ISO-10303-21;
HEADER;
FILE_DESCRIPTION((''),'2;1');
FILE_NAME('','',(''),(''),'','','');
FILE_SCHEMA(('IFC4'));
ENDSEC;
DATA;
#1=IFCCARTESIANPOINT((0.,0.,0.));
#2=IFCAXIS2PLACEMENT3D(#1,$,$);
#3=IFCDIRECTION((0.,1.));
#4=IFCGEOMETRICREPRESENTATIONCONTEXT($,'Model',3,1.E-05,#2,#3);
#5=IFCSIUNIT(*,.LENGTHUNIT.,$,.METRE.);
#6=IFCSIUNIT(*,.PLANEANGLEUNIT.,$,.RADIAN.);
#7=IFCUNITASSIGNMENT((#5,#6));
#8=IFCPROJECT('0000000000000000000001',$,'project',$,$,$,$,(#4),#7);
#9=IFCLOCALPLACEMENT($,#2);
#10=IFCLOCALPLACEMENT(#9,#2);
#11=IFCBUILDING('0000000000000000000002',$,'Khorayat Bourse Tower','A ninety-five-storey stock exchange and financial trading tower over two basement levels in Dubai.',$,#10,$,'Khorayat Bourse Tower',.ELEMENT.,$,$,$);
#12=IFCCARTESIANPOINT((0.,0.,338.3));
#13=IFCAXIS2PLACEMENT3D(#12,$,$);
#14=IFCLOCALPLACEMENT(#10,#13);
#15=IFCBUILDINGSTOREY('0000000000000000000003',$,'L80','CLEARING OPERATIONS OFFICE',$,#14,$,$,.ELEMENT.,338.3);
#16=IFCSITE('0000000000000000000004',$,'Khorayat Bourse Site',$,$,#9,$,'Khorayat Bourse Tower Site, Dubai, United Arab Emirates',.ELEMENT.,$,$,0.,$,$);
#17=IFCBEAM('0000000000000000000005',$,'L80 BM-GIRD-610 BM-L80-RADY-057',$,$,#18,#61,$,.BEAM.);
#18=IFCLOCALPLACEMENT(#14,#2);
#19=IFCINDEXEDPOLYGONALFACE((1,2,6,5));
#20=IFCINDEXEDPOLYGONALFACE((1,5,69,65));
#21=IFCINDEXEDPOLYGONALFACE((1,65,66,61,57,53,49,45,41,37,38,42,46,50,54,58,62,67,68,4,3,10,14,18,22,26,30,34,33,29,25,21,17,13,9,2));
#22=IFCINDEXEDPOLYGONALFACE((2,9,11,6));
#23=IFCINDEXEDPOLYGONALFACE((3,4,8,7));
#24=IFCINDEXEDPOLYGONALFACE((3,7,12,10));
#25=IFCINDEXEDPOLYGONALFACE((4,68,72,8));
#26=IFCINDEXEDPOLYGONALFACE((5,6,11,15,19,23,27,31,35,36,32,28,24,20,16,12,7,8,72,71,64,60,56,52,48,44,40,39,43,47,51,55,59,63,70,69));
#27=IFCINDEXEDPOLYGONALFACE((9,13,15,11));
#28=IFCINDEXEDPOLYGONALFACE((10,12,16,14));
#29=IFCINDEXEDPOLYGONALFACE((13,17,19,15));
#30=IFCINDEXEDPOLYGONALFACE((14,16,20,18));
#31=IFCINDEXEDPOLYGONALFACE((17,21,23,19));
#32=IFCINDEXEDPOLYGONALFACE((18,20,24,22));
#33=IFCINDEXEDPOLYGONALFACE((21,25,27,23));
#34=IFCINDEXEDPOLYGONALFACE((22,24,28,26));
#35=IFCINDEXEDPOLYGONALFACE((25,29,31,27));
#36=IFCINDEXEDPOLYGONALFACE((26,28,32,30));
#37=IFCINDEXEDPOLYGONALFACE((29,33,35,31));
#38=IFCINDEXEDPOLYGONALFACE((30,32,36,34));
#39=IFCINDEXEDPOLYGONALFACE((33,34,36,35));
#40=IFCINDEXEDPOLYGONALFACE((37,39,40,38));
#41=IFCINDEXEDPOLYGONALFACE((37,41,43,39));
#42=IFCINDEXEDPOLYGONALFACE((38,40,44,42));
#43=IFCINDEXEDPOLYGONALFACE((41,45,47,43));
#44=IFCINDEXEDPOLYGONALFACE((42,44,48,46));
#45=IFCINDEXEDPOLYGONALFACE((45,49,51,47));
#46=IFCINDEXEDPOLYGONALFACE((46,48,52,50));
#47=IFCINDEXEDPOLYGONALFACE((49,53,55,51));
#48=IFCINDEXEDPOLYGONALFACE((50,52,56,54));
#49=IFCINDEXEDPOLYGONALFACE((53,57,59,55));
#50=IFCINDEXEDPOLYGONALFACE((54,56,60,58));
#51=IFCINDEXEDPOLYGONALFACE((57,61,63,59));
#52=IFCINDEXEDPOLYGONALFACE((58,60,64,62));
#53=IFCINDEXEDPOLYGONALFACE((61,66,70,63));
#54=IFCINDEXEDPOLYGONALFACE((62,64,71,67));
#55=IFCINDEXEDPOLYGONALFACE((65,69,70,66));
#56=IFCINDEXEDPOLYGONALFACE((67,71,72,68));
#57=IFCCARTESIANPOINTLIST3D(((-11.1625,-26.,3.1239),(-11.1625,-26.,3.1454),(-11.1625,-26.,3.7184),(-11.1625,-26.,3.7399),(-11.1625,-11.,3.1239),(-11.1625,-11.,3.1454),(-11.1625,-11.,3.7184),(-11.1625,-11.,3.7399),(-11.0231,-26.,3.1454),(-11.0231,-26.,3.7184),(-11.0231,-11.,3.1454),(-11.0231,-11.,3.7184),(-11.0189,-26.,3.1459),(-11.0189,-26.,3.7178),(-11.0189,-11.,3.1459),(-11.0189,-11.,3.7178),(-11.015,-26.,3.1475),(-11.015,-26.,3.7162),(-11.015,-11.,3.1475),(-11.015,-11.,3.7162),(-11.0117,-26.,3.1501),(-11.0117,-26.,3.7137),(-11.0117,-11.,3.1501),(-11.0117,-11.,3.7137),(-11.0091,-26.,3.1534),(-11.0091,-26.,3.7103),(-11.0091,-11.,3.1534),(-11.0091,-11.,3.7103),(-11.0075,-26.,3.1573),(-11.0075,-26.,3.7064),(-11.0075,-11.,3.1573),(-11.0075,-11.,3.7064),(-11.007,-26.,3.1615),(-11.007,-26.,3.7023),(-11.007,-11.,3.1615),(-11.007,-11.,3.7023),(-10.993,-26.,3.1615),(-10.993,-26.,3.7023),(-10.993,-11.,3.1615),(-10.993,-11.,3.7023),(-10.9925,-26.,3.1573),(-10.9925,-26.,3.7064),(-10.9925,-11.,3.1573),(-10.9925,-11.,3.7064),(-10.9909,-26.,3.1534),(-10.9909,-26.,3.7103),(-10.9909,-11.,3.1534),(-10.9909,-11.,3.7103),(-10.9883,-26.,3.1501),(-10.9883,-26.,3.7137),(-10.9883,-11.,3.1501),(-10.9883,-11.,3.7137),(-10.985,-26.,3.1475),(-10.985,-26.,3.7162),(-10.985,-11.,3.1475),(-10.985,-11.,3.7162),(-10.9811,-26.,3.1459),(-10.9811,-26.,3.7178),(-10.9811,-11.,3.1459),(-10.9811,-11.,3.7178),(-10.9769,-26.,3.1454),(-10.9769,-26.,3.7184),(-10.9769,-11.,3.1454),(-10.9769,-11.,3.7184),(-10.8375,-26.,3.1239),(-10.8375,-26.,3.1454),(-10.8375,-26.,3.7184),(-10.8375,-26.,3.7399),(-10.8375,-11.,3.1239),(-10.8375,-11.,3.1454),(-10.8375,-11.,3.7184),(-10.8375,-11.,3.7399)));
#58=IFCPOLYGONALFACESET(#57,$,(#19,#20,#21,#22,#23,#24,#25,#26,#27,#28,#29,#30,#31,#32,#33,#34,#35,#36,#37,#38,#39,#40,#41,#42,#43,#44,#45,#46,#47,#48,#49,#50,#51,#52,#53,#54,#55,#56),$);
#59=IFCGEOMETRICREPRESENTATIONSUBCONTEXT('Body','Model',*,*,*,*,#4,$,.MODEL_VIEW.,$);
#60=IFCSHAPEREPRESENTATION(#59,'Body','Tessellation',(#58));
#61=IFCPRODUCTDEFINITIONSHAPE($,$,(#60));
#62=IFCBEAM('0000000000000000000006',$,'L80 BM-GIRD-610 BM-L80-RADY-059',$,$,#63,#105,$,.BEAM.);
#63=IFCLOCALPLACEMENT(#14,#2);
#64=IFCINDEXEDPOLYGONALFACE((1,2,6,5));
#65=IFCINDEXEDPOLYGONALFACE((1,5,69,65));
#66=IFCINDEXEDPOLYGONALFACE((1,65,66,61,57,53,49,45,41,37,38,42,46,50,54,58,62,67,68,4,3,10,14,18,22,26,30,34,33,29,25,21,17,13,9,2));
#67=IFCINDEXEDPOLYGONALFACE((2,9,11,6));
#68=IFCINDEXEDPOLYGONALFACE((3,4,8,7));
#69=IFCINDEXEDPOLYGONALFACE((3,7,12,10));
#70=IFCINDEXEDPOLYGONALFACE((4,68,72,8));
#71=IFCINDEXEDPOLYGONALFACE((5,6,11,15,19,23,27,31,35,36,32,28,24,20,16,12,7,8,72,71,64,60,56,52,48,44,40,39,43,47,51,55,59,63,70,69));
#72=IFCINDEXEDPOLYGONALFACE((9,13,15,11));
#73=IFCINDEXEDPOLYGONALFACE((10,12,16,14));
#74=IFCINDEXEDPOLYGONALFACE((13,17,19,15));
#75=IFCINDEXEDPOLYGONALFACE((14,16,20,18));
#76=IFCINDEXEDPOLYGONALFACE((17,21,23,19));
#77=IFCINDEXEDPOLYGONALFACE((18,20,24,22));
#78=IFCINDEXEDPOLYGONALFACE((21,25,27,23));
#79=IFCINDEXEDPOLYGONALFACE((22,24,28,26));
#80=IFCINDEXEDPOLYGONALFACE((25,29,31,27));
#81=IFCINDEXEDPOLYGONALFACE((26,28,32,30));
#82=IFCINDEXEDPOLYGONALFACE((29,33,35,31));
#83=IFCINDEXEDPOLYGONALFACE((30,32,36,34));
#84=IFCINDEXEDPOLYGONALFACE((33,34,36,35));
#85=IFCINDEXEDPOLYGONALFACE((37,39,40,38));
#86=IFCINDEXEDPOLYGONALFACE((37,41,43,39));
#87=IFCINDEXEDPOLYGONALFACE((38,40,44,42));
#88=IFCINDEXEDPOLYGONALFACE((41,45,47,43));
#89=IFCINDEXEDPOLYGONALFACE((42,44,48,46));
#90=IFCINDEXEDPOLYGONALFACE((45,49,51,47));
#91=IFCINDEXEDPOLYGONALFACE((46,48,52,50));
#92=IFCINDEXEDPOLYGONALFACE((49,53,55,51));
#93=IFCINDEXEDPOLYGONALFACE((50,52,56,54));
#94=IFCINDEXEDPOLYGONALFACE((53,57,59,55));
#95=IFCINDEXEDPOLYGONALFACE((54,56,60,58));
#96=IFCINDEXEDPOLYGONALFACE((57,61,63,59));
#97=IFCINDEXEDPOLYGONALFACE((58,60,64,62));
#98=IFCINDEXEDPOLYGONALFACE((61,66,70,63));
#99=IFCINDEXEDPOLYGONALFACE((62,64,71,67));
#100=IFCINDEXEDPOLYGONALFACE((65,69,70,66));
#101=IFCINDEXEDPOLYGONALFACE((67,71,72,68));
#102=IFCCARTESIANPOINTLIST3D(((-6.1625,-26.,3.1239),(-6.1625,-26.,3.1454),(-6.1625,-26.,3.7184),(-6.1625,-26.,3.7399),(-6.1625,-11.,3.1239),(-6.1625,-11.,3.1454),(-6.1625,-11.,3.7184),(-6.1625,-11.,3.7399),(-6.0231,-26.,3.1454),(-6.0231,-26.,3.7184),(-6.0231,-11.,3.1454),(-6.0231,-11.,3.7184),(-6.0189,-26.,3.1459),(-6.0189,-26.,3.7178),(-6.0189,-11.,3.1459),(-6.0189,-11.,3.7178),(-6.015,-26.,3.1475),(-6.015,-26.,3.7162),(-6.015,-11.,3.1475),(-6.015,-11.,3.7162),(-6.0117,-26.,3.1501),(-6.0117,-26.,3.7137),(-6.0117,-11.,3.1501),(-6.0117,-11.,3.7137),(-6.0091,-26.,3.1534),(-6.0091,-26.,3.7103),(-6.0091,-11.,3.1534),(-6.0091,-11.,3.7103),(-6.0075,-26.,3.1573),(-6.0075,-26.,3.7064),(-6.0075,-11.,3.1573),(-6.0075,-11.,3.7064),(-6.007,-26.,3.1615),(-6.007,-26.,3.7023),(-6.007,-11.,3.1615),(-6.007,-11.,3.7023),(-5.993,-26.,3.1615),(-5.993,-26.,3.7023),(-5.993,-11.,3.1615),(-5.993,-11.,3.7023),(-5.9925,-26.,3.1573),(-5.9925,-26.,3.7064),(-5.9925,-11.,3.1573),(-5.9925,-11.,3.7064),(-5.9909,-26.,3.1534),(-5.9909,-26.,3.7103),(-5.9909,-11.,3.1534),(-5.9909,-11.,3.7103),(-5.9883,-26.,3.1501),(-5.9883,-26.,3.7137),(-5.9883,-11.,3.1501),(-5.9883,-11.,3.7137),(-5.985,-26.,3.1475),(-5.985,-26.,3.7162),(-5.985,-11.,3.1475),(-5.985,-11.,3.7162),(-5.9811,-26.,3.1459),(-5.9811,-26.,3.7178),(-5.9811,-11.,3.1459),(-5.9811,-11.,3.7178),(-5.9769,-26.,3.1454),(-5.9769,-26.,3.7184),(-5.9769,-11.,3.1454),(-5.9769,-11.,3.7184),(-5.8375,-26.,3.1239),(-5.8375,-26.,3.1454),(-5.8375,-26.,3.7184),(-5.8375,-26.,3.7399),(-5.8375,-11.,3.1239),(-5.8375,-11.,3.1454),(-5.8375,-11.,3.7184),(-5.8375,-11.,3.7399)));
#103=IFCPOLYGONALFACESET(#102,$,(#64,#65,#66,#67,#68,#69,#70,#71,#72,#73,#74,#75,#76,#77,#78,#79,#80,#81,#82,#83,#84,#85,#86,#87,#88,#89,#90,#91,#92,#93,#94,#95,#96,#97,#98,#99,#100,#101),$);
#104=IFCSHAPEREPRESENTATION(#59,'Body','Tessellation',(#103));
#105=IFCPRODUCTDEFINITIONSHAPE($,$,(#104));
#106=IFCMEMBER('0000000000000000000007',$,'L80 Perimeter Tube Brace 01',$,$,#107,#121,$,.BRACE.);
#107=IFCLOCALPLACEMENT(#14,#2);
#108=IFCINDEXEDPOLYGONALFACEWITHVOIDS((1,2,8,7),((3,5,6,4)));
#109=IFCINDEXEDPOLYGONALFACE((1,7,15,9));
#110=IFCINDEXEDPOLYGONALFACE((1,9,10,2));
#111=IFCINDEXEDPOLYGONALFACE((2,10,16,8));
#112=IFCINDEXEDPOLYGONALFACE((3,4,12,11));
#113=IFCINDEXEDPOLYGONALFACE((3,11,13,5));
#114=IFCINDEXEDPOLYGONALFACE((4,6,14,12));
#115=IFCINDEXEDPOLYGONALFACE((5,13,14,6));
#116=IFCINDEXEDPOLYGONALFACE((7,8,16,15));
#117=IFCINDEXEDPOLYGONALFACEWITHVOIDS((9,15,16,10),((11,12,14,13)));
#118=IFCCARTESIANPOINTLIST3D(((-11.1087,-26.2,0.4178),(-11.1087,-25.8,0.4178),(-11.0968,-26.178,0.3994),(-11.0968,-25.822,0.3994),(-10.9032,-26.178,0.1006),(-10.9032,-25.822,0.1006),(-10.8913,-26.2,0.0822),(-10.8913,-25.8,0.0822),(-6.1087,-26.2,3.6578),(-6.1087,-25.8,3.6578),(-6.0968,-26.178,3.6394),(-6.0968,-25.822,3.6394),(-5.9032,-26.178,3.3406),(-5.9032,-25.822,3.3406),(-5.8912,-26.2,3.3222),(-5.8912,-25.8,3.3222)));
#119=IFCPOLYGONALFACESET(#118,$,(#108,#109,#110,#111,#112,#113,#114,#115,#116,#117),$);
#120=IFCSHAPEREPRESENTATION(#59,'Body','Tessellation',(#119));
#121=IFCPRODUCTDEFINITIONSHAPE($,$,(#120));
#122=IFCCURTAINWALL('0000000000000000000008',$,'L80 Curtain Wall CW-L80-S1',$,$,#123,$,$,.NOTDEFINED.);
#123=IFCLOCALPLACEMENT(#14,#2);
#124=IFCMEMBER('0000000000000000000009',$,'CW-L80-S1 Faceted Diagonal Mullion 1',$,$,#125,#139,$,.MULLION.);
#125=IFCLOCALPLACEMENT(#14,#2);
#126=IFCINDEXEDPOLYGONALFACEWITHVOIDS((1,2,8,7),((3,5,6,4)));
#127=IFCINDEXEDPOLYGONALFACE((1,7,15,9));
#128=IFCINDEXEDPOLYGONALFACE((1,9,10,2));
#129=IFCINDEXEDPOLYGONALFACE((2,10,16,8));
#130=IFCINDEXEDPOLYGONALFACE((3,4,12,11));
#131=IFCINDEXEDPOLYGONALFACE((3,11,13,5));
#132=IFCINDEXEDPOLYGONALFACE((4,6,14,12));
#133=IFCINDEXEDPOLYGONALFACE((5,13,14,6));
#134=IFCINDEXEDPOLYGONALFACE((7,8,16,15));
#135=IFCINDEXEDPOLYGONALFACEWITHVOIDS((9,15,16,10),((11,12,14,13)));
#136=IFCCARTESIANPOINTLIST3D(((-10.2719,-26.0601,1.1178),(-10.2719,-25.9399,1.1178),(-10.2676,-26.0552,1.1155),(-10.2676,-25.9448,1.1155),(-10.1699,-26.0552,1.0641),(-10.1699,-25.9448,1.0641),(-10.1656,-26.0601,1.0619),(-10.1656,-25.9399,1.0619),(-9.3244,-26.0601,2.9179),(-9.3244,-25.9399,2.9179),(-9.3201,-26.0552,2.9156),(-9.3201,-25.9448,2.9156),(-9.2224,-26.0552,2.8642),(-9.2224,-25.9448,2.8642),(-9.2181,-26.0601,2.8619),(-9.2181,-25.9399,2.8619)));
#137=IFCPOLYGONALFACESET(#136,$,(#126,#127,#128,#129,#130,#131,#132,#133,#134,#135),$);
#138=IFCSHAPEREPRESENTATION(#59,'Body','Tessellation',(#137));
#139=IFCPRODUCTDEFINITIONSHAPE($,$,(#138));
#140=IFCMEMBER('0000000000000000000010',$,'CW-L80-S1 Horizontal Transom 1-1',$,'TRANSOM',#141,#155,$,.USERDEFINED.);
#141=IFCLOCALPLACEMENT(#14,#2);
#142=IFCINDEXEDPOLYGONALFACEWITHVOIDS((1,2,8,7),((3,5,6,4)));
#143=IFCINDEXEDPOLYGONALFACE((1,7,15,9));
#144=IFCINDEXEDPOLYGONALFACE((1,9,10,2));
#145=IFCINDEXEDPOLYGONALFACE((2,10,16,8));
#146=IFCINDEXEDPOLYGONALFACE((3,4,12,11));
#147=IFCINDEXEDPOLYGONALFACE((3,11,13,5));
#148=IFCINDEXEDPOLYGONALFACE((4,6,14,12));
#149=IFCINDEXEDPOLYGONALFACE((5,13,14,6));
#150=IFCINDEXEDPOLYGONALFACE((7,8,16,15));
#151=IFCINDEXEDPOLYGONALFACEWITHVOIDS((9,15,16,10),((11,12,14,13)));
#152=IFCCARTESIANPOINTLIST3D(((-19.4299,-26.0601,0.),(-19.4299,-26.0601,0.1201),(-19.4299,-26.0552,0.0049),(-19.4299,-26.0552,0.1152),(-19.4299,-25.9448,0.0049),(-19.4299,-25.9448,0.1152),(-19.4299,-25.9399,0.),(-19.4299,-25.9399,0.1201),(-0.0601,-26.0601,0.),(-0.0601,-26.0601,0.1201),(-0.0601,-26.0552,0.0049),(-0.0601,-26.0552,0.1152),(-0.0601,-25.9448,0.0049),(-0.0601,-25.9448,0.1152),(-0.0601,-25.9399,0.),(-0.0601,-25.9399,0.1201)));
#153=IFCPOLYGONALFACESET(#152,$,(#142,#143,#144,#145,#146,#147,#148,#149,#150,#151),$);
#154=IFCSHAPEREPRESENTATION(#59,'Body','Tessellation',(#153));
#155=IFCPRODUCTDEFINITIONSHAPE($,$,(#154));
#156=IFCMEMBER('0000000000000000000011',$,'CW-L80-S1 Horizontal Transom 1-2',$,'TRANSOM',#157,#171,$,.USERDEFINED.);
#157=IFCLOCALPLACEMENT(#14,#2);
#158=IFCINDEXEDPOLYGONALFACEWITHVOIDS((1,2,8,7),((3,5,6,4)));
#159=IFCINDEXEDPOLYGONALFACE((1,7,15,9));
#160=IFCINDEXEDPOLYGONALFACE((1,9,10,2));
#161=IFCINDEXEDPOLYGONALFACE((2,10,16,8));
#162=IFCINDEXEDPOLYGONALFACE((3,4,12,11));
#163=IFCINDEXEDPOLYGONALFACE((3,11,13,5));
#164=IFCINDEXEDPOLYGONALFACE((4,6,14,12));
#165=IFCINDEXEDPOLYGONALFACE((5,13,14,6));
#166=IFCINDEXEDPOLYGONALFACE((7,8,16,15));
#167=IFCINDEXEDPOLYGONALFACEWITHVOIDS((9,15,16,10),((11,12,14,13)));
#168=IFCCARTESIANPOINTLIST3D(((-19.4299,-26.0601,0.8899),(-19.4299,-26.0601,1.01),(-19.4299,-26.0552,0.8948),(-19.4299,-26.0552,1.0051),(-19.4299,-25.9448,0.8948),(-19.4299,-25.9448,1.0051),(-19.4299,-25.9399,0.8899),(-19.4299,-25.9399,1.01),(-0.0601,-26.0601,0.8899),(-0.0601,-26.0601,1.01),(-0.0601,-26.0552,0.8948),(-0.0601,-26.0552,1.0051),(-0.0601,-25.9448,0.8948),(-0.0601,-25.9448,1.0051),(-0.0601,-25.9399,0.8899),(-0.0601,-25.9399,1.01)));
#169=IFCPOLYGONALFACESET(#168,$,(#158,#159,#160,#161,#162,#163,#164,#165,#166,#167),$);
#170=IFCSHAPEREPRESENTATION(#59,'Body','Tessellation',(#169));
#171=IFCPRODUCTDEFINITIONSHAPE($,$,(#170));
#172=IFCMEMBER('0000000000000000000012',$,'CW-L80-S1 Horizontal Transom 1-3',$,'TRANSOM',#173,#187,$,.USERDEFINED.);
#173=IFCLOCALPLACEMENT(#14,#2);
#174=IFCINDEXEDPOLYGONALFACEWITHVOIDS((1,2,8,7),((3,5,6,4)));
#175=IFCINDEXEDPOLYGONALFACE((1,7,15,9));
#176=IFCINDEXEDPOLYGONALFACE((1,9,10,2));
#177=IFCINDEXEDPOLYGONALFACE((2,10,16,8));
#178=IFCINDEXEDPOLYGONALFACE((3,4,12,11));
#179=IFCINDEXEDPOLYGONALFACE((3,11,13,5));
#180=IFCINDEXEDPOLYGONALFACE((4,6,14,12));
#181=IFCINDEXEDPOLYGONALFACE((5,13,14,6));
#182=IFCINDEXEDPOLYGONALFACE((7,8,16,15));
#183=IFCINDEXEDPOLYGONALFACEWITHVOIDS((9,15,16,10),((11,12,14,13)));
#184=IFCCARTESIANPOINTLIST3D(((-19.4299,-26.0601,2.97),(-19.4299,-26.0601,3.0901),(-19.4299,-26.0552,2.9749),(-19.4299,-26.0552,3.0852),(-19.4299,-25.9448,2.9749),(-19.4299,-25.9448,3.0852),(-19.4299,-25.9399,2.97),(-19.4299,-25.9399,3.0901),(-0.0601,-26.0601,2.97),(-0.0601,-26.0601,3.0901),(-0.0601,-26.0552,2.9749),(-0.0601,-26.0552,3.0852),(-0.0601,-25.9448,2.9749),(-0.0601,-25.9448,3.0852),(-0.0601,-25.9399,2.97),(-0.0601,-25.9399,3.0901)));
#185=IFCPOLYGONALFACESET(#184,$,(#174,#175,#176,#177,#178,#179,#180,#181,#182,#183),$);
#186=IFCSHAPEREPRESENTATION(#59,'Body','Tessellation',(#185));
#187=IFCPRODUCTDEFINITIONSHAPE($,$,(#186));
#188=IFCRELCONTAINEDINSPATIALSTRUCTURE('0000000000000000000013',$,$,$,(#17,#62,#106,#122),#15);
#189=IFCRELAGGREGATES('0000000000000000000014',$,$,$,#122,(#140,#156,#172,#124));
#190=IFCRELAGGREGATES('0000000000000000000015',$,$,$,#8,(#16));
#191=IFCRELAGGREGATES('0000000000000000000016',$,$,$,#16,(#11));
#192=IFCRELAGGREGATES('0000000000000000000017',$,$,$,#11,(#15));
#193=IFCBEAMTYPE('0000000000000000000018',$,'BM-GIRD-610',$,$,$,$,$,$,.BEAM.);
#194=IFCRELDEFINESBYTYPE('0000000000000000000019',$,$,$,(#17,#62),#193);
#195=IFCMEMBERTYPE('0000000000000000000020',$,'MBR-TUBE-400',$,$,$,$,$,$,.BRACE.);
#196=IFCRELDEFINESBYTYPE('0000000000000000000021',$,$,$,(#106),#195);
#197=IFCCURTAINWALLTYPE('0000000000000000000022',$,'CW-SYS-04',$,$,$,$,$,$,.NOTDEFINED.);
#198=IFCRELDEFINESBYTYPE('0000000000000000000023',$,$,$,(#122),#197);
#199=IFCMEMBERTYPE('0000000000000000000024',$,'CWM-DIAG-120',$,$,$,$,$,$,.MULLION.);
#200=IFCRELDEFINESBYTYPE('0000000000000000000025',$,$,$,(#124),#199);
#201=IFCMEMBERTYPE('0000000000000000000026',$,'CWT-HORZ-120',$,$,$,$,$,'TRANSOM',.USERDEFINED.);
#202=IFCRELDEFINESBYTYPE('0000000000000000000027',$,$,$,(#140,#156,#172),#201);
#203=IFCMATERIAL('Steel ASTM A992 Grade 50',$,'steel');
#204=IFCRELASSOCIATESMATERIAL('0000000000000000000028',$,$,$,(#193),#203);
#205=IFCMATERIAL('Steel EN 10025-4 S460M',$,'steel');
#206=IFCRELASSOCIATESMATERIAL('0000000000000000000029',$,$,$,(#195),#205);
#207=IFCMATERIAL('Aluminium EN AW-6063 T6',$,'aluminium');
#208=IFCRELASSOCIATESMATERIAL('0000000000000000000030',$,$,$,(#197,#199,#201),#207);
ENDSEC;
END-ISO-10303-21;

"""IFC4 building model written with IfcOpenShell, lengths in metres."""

from ifc_helpers import new_model, si_unit, direction, frame, origin, origin_2d, place, context, subcontext, project, spatial, hollow_rectangle, i_section, extrude, source, transform, mapped, material, material_profile, profile_set, type_object, element, aggregate, save


model = new_model("IFC4")

# Units and contexts
model_context = context("Model", 3, precision=1e-05, world=origin(), true_north=direction((0.0, 1.0)))
body_context = subcontext(model_context, "Body", "Model", "MODEL_VIEW")
ifc_project = project(units=[si_unit("LENGTHUNIT", "METRE"), si_unit("PLANEANGLEUNIT", "RADIAN")], contexts=[model_context])

# Site, building, storey
site_placement = place(None, origin())
site = spatial("IfcSite", under=ifc_project, at=site_placement, Name="Khorayat Bourse Site", LongName="Khorayat Bourse Tower Site, Dubai, United Arab Emirates", CompositionType="ELEMENT", RefElevation=0.0)
building_placement = place(site_placement, origin())
building = spatial("IfcBuilding", under=site, at=building_placement, Name="Khorayat Bourse Tower", Description="A ninety-five-storey stock exchange and financial trading tower over two basement levels in Dubai.", LongName="Khorayat Bourse Tower", CompositionType="ELEMENT")
storey_placement = place(building_placement, frame((0.0, 0.0, 338.3)))
storey = spatial("IfcBuildingStorey", under=building, at=storey_placement, Name="L80", Description="CLEARING OPERATIONS OFFICE", CompositionType="ELEMENT", Elevation=338.3)

# Beams
ifc_material_1 = material(Name="Steel ASTM A992 Grade 50", Category="steel")
ifc_material_profile_1 = material_profile(ifc_material_1, i_section(OverallWidth=0.325, OverallDepth=0.616, WebThickness=0.0139, FlangeThickness=0.0215, FilletRadius=0.0161, at=origin_2d()), Name="W610X174")
ifc_profile_set_1 = profile_set([ifc_material_profile_1], Name="Steel ASTM A992 Grade 50")
beam_type_1 = type_object("IfcBeamType", Name="BM-GIRD-610", PredefinedType="BEAM", material=ifc_profile_set_1)
shared_shape_1 = source(origin(), body_context, "Body", "SweptSolid", [
    extrude(i_section(OverallWidth=0.325, OverallDepth=0.616, WebThickness=0.0139, FlangeThickness=0.0215, FilletRadius=0.0161, at=origin_2d()), origin(), (0.0, 0.0, 1.0), 15.0),
])
for number, where, z_axis, x_axis, name in (
    (1, (-11.0, -26.0, 3.4319), (0.0, 1.0, 0.0), (-1.0, 0.0, 0.0), "L80 BM-GIRD-610 BM-L80-RADY-057"),
    (2, (-6.0, -26.0, 3.4319), (0.0, 1.0, 0.0), (-1.0, 0.0, 0.0), "L80 BM-GIRD-610 BM-L80-RADY-059"),
):
    element("IfcBeam", number, at=place(storey_placement, frame(where, z_axis=z_axis, x_axis=x_axis)), inside=storey, type_object=beam_type_1, Name=name, PredefinedType="BEAM", context=body_context, shape_type="MappedRepresentation", body=[
        mapped(shared_shape_1, transform((0.0, 0.0, 0.0), scale=1.0)),
    ])

# Member
ifc_material_2 = material(Name="Steel EN 10025-4 S460M", Category="steel")
ifc_material_profile_2 = material_profile(ifc_material_2, hollow_rectangle(XDim=0.3999, YDim=0.3999, WallThickness=0.022, at=origin_2d()), Name="HSS 400x400x22")
ifc_profile_set_2 = profile_set([ifc_material_profile_2], Name="Steel EN 10025-4 S460M")
member_type_1 = type_object("IfcMemberType", Name="MBR-TUBE-400", PredefinedType="BRACE", material=ifc_profile_set_2)
shared_shape_2 = source(origin(), body_context, "Body", "SweptSolid", [
    extrude(hollow_rectangle(XDim=0.3999, YDim=0.3999, WallThickness=0.022, at=origin_2d()), origin(), (0.0, 0.0, 1.0), 5.958),
])
member_1_placement = place(storey_placement, frame((-11.0, -26.0, 0.25), z_axis=(0.83921, 0.0, 0.543807), x_axis=(0.0, 1.0, 0.0)))
element("IfcMember", 3, at=member_1_placement, inside=storey, type_object=member_type_1, Name="L80 Perimeter Tube Brace 01", PredefinedType="BRACE", context=body_context, shape_type="MappedRepresentation", body=[
    mapped(shared_shape_2, transform((0.0, 0.0, 0.0), scale=1.0)),
])

# Curtain wall, members
ifc_material_3 = material(Name="Aluminium EN AW-6063 T6", Category="aluminium")
curtain_wall_type = type_object("IfcCurtainWallType", Name="CW-SYS-04", PredefinedType="NOTDEFINED", material=ifc_material_3)
curtain_wall_placement = place(storey_placement, origin())
curtain_wall = element("IfcCurtainWall", 4, at=curtain_wall_placement, inside=storey, type_object=curtain_wall_type, Name="L80 Curtain Wall CW-L80-S1", PredefinedType="NOTDEFINED")
ifc_material_profile_3 = material_profile(ifc_material_3, hollow_rectangle(XDim=0.1201, YDim=0.1201, WallThickness=0.0049, at=origin_2d()), Name="ALU 120x120x5")
ifc_profile_set_3 = profile_set([ifc_material_profile_3], Name="Aluminium EN AW-6063 T6")
member_type_2 = type_object("IfcMemberType", Name="CWM-DIAG-120", PredefinedType="MULLION", material=ifc_profile_set_3)
shared_shape_3 = source(origin(), body_context, "Body", "SweptSolid", [
    extrude(hollow_rectangle(XDim=0.1201, YDim=0.1201, WallThickness=0.0049, at=origin_2d()), origin(), (0.0, 0.0, 1.0), 2.0342),
])
member_2_placement = place(storey_placement, frame((-10.2188, -26.0, 1.0898), z_axis=(0.465791, 0.0, 0.884895), x_axis=(0.0, 1.0, 0.0)))
member_2 = element("IfcMember", 5, at=member_2_placement, type_object=member_type_2, Name="CW-L80-S1 Faceted Diagonal Mullion 1", PredefinedType="MULLION", context=body_context, shape_type="MappedRepresentation", body=[
    mapped(shared_shape_3, transform((0.0, 0.0, 0.0), scale=1.0)),
])
ifc_material_profile_4 = material_profile(ifc_material_3, hollow_rectangle(XDim=0.1201, YDim=0.1201, WallThickness=0.0049, at=origin_2d()), Name="ALU 120x120x5")
ifc_profile_set_4 = profile_set([ifc_material_profile_4], Name="Aluminium EN AW-6063 T6")
member_type_3 = type_object("IfcMemberType", Name="CWT-HORZ-120", ElementType="TRANSOM", PredefinedType="USERDEFINED", material=ifc_profile_set_4)
shared_shape_4 = source(origin(), body_context, "Body", "SweptSolid", [
    extrude(hollow_rectangle(XDim=0.1201, YDim=0.1201, WallThickness=0.0049, at=origin_2d()), origin(), (0.0, 0.0, 1.0), 19.3699),
])
member_3_placement = place(storey_placement, frame((-19.4299, -26.0, 0.0601), z_axis=(1.0, 0.0, 0.0), x_axis=(0.0, 1.0, 0.0)))
member_3 = element("IfcMember", 6, at=member_3_placement, type_object=member_type_3, Name="CW-L80-S1 Horizontal Transom 1-1", ObjectType="TRANSOM", PredefinedType="USERDEFINED", context=body_context, shape_type="MappedRepresentation", body=[
    mapped(shared_shape_4, transform((0.0, 0.0, 0.0), scale=1.0)),
])
member_4_placement = place(storey_placement, frame((-19.4299, -26.0, 0.95), z_axis=(1.0, 0.0, 0.0), x_axis=(0.0, 1.0, 0.0)))
member_4 = element("IfcMember", 7, at=member_4_placement, type_object=member_type_3, Name="CW-L80-S1 Horizontal Transom 1-2", ObjectType="TRANSOM", PredefinedType="USERDEFINED", context=body_context, shape_type="MappedRepresentation", body=[
    mapped(shared_shape_4, transform((0.0, 0.0, 0.0), scale=1.0)),
])
member_5_placement = place(storey_placement, frame((-19.4299, -26.0, 3.03), z_axis=(1.0, 0.0, 0.0), x_axis=(0.0, 1.0, 0.0)))
member_5 = element("IfcMember", 8, at=member_5_placement, type_object=member_type_3, Name="CW-L80-S1 Horizontal Transom 1-3", ObjectType="TRANSOM", PredefinedType="USERDEFINED", context=body_context, shape_type="MappedRepresentation", body=[
    mapped(shared_shape_4, transform((0.0, 0.0, 0.0), scale=1.0)),
])

aggregate(curtain_wall, [member_3, member_4, member_5, member_2])

save(model, "model.ifc")
